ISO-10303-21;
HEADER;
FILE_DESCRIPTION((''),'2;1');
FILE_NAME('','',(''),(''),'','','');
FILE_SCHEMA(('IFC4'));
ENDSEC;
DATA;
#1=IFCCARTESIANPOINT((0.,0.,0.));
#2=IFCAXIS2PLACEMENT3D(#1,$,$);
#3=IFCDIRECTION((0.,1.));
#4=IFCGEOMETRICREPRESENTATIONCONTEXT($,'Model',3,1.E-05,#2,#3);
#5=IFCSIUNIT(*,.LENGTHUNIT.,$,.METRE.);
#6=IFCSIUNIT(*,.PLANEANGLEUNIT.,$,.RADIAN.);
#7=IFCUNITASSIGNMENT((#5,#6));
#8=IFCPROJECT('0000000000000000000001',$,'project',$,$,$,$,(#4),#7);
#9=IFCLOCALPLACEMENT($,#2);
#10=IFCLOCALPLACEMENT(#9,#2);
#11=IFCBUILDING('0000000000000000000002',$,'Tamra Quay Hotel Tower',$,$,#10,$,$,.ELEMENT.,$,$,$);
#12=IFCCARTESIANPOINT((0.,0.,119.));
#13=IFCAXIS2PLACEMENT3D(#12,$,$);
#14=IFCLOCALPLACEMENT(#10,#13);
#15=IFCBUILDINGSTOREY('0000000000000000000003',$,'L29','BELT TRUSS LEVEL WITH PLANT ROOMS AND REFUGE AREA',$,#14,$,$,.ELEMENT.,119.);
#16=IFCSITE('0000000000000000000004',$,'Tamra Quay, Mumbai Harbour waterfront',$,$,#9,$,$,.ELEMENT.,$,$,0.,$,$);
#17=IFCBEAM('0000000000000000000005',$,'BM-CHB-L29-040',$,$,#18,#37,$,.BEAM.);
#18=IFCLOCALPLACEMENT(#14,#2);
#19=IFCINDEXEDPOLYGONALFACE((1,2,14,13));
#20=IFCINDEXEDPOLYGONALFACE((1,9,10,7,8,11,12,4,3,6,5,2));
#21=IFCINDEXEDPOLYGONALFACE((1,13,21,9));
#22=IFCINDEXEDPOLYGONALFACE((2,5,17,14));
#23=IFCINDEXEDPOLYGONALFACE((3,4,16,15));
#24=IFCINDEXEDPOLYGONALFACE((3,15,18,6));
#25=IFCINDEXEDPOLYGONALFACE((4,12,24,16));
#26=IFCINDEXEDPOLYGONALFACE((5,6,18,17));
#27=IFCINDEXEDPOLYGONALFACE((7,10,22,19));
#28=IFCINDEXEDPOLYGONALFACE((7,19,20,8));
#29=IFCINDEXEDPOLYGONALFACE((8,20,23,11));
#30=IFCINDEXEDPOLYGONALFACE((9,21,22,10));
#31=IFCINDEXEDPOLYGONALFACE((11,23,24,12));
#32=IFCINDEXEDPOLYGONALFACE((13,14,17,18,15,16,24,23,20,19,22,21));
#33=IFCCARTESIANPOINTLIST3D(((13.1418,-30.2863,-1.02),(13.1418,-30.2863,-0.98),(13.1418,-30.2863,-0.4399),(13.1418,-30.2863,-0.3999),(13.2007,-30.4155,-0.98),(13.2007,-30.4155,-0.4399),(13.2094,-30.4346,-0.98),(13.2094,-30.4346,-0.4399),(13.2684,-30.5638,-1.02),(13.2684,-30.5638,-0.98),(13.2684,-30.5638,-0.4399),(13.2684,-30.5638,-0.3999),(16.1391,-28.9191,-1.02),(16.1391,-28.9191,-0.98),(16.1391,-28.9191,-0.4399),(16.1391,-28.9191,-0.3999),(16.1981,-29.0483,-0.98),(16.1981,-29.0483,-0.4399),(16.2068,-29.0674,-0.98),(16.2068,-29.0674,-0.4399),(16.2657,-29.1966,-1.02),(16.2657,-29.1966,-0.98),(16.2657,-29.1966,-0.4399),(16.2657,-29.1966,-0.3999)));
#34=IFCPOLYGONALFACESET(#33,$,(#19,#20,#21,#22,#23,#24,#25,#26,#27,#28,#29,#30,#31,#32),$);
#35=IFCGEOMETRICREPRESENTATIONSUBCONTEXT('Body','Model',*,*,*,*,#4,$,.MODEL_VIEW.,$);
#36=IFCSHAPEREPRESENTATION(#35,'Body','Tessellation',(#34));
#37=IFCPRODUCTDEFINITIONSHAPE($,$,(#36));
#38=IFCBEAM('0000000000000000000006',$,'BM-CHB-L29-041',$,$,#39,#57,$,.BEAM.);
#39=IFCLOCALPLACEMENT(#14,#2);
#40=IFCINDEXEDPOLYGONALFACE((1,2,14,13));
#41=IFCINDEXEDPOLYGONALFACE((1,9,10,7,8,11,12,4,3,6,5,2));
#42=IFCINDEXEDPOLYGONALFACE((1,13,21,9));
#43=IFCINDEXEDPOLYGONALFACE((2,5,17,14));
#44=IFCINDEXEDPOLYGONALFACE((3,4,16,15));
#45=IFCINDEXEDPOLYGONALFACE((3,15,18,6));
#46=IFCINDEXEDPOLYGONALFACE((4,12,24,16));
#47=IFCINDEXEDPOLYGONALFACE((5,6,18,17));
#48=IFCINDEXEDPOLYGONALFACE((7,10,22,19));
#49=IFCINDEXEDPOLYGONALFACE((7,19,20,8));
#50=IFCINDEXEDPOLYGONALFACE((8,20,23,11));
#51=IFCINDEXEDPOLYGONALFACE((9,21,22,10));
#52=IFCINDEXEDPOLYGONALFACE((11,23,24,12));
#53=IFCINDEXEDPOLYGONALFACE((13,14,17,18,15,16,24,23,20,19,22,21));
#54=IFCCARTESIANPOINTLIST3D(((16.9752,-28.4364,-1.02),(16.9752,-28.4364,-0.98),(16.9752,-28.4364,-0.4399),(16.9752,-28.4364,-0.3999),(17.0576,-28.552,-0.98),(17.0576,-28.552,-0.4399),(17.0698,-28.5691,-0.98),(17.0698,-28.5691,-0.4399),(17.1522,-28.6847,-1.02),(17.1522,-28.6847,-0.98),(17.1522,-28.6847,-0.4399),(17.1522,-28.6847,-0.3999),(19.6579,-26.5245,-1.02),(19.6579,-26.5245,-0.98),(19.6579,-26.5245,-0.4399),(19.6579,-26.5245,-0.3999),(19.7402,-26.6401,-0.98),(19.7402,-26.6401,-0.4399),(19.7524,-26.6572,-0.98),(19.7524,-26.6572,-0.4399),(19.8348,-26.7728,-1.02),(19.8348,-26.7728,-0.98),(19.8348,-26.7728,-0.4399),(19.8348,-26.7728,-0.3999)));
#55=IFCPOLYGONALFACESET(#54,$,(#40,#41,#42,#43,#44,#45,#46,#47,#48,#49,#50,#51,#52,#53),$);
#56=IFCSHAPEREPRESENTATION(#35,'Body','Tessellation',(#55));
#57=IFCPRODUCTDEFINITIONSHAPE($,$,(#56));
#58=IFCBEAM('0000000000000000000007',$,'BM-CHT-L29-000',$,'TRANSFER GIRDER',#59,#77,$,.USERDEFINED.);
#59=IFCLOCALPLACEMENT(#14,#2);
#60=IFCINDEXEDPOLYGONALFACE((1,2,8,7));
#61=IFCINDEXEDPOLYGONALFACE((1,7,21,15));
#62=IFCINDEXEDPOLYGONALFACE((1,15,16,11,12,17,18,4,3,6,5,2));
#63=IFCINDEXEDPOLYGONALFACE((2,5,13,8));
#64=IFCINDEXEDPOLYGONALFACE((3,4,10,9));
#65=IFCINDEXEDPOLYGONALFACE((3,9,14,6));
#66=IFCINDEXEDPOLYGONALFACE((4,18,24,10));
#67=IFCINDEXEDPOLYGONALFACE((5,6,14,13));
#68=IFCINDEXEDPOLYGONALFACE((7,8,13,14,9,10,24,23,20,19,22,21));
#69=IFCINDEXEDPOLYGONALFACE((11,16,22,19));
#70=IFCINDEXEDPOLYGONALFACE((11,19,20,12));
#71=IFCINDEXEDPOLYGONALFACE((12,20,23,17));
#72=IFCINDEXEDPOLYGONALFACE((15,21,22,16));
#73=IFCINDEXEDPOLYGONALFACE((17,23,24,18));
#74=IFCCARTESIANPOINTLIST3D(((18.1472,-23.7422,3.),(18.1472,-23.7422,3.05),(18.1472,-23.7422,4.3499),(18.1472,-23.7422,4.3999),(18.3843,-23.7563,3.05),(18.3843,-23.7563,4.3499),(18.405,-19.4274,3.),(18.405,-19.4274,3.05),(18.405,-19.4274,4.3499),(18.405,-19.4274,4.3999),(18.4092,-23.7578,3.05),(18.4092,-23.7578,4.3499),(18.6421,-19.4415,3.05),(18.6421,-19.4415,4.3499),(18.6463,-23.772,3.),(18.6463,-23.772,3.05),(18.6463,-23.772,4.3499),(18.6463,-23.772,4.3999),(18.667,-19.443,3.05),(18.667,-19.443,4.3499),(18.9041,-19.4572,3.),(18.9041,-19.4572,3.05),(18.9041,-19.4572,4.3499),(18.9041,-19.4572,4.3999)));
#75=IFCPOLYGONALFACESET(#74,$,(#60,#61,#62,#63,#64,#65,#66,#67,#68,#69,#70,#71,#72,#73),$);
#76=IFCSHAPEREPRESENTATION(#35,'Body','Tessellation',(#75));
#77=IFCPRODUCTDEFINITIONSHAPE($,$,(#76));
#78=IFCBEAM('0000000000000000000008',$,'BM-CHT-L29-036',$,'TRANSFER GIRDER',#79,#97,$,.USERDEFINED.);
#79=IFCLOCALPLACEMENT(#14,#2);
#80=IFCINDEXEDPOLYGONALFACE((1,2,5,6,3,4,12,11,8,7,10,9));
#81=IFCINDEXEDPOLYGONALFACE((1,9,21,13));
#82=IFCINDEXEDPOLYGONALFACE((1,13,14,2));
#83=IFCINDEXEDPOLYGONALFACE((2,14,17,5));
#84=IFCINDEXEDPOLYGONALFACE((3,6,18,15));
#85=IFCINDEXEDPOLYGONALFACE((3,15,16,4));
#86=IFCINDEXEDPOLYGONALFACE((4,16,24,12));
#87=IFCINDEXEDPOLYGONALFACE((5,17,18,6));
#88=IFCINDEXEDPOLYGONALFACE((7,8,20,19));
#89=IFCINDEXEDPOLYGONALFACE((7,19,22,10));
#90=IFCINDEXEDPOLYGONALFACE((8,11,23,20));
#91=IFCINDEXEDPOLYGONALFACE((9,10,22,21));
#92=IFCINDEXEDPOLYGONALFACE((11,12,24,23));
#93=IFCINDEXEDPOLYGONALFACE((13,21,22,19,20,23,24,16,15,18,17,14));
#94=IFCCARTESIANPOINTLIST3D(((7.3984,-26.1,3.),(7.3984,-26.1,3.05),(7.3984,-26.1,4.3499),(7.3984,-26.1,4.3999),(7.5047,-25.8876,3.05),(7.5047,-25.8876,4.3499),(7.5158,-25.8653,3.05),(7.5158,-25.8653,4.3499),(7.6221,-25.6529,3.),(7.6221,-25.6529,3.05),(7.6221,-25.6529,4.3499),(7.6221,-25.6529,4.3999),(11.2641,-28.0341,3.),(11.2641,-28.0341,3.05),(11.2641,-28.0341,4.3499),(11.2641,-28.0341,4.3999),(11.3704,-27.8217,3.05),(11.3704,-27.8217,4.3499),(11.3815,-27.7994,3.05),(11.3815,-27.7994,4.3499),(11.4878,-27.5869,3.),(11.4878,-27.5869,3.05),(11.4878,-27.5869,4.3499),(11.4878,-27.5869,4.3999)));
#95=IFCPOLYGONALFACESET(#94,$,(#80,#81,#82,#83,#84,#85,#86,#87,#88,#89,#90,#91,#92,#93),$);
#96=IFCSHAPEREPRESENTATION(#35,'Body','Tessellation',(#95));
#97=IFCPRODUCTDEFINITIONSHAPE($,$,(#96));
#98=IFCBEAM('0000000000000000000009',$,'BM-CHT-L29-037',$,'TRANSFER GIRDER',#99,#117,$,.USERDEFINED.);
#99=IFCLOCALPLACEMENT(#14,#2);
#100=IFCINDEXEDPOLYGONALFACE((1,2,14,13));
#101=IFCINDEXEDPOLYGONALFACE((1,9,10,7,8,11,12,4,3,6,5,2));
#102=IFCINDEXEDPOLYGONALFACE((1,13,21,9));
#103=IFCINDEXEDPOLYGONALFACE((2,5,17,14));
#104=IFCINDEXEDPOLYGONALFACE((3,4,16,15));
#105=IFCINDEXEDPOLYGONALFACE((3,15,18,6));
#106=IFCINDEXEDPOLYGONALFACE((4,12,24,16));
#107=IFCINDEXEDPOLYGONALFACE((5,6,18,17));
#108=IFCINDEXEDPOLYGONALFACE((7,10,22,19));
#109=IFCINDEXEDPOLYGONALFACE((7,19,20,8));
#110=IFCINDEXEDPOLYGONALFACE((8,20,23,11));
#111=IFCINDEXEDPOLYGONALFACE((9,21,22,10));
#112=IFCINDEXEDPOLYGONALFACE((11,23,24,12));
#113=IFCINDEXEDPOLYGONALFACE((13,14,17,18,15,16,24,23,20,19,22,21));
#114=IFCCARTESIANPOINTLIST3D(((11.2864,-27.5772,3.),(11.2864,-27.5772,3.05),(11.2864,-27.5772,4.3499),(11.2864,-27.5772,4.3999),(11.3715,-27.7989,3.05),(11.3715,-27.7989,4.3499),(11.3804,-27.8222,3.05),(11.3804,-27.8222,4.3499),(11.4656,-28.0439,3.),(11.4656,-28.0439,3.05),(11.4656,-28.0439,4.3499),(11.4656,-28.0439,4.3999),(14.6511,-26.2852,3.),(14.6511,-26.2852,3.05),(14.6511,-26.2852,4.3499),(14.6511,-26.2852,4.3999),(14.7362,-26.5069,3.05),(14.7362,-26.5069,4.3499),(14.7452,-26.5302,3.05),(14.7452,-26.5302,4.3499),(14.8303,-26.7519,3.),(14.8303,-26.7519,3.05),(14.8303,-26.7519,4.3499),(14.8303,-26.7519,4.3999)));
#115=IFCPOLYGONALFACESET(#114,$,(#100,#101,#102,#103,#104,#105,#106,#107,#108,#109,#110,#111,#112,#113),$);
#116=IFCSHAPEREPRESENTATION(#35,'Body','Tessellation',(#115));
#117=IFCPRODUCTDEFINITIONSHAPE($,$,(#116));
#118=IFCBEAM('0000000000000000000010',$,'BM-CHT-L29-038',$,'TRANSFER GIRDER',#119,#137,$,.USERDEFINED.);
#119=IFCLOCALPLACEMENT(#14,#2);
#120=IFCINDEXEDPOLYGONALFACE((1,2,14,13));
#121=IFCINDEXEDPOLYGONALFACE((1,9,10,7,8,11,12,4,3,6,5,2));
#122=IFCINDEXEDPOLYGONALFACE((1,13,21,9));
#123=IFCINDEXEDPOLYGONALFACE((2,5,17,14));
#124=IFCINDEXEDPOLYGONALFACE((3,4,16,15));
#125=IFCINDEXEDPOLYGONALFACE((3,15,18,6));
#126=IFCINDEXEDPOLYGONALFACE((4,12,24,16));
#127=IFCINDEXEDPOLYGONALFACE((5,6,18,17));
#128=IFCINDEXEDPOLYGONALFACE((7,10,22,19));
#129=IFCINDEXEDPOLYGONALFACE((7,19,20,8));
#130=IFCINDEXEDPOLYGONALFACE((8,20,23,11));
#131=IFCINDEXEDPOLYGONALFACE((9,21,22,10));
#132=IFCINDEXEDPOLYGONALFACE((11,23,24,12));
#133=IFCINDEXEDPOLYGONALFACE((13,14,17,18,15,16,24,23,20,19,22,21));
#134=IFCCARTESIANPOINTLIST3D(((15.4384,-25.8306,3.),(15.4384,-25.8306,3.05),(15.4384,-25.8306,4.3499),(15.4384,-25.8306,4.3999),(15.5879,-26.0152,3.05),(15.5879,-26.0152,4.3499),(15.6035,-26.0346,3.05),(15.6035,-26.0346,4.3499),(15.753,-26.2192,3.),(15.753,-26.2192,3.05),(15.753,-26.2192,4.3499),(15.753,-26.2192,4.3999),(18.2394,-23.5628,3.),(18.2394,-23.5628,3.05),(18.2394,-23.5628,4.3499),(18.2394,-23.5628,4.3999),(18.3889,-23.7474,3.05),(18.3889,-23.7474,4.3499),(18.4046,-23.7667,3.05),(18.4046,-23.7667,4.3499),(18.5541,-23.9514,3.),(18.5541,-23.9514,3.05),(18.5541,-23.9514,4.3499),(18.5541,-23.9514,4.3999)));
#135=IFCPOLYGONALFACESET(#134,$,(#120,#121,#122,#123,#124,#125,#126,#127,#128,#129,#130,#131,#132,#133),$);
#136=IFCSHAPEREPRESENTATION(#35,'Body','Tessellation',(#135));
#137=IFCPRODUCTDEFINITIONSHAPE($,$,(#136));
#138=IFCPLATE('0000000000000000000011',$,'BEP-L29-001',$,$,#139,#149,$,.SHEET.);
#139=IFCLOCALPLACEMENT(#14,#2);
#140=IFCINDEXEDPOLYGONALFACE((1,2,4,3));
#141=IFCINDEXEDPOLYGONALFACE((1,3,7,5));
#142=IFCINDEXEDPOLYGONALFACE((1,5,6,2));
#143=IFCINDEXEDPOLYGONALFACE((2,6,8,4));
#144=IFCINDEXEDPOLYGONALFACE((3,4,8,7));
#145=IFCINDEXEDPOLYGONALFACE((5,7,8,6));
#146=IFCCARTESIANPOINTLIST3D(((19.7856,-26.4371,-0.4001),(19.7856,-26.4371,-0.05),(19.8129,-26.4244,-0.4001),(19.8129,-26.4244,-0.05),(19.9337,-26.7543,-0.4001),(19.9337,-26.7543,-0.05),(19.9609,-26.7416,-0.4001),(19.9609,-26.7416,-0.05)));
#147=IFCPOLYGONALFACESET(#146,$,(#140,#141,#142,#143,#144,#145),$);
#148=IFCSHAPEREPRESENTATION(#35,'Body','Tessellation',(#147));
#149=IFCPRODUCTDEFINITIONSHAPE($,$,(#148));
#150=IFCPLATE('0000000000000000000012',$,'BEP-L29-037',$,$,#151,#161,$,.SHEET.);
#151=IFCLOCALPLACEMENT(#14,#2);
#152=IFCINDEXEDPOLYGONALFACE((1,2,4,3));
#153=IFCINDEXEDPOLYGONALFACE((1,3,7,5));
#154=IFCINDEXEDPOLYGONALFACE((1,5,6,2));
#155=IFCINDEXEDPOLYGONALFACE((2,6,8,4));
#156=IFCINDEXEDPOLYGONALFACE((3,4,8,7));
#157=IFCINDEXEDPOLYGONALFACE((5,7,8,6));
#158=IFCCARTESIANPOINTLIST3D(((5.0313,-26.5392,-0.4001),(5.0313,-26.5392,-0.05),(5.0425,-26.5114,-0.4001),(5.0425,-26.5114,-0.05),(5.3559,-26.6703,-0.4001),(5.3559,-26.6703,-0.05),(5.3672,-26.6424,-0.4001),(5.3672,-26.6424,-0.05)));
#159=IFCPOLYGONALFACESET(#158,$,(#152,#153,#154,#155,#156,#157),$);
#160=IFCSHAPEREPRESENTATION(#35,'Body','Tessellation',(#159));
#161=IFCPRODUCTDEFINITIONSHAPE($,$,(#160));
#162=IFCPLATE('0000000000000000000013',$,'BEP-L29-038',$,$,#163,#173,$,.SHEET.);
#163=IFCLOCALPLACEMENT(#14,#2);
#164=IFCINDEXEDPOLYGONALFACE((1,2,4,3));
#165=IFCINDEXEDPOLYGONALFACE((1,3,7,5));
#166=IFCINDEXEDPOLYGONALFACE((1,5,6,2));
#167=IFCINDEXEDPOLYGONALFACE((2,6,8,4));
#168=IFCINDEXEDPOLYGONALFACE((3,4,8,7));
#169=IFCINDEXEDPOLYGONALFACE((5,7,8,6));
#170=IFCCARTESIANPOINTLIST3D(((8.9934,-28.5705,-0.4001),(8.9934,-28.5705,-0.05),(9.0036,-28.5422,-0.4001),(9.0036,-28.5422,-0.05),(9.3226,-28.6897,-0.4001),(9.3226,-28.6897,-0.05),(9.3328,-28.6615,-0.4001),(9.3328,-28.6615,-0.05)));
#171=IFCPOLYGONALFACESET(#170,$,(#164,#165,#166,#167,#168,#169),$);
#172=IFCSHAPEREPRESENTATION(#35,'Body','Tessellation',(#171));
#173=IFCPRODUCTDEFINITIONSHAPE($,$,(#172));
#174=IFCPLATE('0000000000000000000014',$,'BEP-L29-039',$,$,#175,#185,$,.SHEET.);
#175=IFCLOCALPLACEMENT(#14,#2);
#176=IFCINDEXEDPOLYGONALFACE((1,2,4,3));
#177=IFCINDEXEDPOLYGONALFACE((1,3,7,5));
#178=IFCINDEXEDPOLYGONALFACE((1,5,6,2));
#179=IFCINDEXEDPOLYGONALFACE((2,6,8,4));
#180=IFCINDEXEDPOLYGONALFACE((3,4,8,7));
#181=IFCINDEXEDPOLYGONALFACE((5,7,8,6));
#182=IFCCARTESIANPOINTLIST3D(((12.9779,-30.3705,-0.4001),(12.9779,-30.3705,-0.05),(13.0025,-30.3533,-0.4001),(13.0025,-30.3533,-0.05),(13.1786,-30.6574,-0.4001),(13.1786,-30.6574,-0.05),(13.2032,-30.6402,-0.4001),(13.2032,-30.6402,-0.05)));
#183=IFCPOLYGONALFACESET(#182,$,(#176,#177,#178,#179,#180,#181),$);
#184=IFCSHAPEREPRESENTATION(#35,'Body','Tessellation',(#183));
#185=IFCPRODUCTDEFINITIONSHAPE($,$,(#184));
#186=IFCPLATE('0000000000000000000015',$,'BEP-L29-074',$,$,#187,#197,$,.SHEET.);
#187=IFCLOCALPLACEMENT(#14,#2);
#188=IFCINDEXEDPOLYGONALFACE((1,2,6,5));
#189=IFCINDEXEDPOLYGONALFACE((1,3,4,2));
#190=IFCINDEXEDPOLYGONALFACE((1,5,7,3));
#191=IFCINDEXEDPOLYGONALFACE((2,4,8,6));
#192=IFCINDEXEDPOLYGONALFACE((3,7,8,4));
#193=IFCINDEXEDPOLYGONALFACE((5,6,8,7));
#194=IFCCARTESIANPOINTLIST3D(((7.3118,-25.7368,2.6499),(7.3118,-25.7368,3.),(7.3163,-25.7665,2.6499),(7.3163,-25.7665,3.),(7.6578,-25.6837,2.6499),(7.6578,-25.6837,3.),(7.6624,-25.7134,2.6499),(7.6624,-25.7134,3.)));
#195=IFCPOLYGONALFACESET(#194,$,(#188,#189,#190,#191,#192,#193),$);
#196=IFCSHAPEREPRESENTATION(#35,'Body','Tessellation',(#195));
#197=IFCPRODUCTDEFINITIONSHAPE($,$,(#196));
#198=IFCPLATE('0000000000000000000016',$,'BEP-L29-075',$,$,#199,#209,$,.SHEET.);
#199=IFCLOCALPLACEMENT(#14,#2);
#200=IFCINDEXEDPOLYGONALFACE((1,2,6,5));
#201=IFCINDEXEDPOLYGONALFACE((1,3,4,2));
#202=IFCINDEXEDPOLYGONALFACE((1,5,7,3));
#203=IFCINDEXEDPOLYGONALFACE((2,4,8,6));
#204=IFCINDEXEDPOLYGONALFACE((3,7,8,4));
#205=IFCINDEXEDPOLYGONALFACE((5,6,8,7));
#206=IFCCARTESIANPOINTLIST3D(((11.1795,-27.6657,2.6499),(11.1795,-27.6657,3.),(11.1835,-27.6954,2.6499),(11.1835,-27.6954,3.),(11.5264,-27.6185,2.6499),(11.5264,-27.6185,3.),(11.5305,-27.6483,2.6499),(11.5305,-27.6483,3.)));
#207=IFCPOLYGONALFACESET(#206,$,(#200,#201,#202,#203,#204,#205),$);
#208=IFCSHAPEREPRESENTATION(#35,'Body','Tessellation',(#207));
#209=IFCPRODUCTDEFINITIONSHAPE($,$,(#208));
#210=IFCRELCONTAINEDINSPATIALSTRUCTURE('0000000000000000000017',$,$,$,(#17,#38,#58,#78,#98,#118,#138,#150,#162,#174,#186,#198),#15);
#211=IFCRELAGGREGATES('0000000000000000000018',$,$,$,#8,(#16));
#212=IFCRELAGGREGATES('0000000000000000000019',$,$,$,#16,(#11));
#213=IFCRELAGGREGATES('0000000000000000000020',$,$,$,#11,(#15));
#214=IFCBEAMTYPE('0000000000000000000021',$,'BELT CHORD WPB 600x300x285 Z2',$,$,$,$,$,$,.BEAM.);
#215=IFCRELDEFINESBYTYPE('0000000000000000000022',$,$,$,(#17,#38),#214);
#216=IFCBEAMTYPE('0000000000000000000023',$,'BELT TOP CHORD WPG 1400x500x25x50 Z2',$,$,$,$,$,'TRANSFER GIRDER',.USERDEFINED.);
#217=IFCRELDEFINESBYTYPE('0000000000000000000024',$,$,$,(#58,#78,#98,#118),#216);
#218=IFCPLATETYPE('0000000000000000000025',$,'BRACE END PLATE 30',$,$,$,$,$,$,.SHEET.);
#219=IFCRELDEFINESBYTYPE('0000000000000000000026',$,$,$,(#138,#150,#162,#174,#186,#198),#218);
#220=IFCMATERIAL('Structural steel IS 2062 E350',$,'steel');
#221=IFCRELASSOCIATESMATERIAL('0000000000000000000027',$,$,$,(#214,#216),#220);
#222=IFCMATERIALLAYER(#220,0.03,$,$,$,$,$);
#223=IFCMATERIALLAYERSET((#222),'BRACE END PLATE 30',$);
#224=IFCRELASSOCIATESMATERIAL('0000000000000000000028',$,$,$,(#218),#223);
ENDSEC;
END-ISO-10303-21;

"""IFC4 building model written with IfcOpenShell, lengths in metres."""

from ifc_helpers import new_model, si_unit, direction, frame, origin, origin_2d, place, context, subcontext, project, spatial, rectangle, i_section, extrude, material, layer, layer_set, material_profile, profile_set, type_object, element, save


model = new_model("IFC4")

# Units and contexts
model_context = context("Model", 3, precision=1e-05, world=origin(), true_north=direction((0.0, 1.0)))
body_context = subcontext(model_context, "Body", "Model", "MODEL_VIEW")
ifc_project = project(units=[si_unit("LENGTHUNIT", "METRE"), si_unit("PLANEANGLEUNIT", "RADIAN")], contexts=[model_context])

# Site, building, storey
site_placement = place(None, origin())
site = spatial("IfcSite", under=ifc_project, at=site_placement, Name="Tamra Quay, Mumbai Harbour waterfront", CompositionType="ELEMENT", RefElevation=0.0)
building_placement = place(site_placement, origin())
building = spatial("IfcBuilding", under=site, at=building_placement, Name="Tamra Quay Hotel Tower", CompositionType="ELEMENT")
storey_placement = place(building_placement, frame((0.0, 0.0, 119.0)))
storey = spatial("IfcBuildingStorey", under=building, at=storey_placement, Name="L29", Description="BELT TRUSS LEVEL WITH PLANT ROOMS AND REFUGE AREA", CompositionType="ELEMENT", Elevation=119.0)

# Shared definitions
ifc_material_1 = material(Name="Structural steel IS 2062 E350", Category="steel")

# Beams
ifc_material_profile_1 = material_profile(ifc_material_1, i_section(OverallWidth=0.3049, OverallDepth=0.6201, WebThickness=0.021, FlangeThickness=0.04, at=origin_2d()), Name="WPB 600x300x285")
ifc_profile_set_1 = profile_set([ifc_material_profile_1], Name="Structural steel IS 2062 E350")
beam_type_1 = type_object("IfcBeamType", Name="BELT CHORD WPB 600x300x285 Z2", PredefinedType="BEAM", material=ifc_profile_set_1)
beam_1_placement = place(storey_placement, frame((13.2051, -30.425, -0.71), z_axis=(0.90982, 0.415003, 0.0), x_axis=(-0.415003, 0.90982, 0.0)))
element("IfcBeam", 1, at=beam_1_placement, inside=storey, type_object=beam_type_1, Name="BM-CHB-L29-040", PredefinedType="BEAM", context=body_context, shape_type="SweptSolid", body=[
    extrude(i_section(OverallWidth=0.3049, OverallDepth=0.6201, WebThickness=0.021, FlangeThickness=0.04, at=origin_2d()), origin(), (0.0, 0.0, 1.0), 3.2944),
])
beam_2_placement = place(storey_placement, frame((17.0637, -28.5605, -0.71), z_axis=(0.814349, 0.580376, 0.0), x_axis=(-0.580376, 0.814349, 0.0)))
element("IfcBeam", 2, at=beam_2_placement, inside=storey, type_object=beam_type_1, Name="BM-CHB-L29-041", PredefinedType="BEAM", context=body_context, shape_type="SweptSolid", body=[
    extrude(i_section(OverallWidth=0.3049, OverallDepth=0.6201, WebThickness=0.021, FlangeThickness=0.04, at=origin_2d()), origin(), (0.0, 0.0, 1.0), 3.2942),
])
ifc_material_profile_2 = material_profile(ifc_material_1, i_section(OverallWidth=0.5, OverallDepth=1.3999, WebThickness=0.0249, FlangeThickness=0.05, at=origin_2d()), Name="WPG 1400x500x25x50")
ifc_profile_set_2 = profile_set([ifc_material_profile_2], Name="Structural steel IS 2062 E350")
beam_type_2 = type_object("IfcBeamType", Name="BELT TOP CHORD WPG 1400x500x25x50 Z2", ElementType="TRANSFER GIRDER", PredefinedType="USERDEFINED", material=ifc_profile_set_2)
for number, where, z_axis, x_axis, name in (
    (3, (18.3967, -23.7571, 3.7), (0.059646, 0.99822, 0.0), (-0.99822, 0.059646, 0.0), "BM-CHT-L29-000"),
    (4, (7.5103, -25.8765, 3.7), (0.894314, -0.44744, 0.0), (0.44744, 0.894314, 0.0), "BM-CHT-L29-036"),
):
    element("IfcBeam", number, at=place(storey_placement, frame(where, z_axis=z_axis, x_axis=x_axis)), inside=storey, type_object=beam_type_2, Name=name, ObjectType="TRANSFER GIRDER", PredefinedType="USERDEFINED", context=body_context, shape_type="SweptSolid", body=[
        extrude(i_section(OverallWidth=0.5, OverallDepth=1.3999, WebThickness=0.0249, FlangeThickness=0.05, at=origin_2d()), origin(), (0.0, 0.0, 1.0), 4.3225),
    ])
beam_3_placement = place(storey_placement, frame((11.376, -27.8105, 3.7), z_axis=(0.933544, 0.358462, 0.0), x_axis=(-0.358462, 0.933544, 0.0)))
element("IfcBeam", 5, at=beam_3_placement, inside=storey, type_object=beam_type_2, Name="BM-CHT-L29-037", ObjectType="TRANSFER GIRDER", PredefinedType="USERDEFINED", context=body_context, shape_type="SweptSolid", body=[
    extrude(i_section(OverallWidth=0.5, OverallDepth=1.3999, WebThickness=0.0249, FlangeThickness=0.05, at=origin_2d()), origin(), (0.0, 0.0, 1.0), 3.6042),
])
beam_4_placement = place(storey_placement, frame((15.5957, -26.0249, 3.7), z_axis=(0.777201, 0.629253, 0.0), x_axis=(-0.629253, 0.777201, 0.0)))
element("IfcBeam", 6, at=beam_4_placement, inside=storey, type_object=beam_type_2, Name="BM-CHT-L29-038", ObjectType="TRANSFER GIRDER", PredefinedType="USERDEFINED", context=body_context, shape_type="SweptSolid", body=[
    extrude(i_section(OverallWidth=0.5, OverallDepth=1.3999, WebThickness=0.0249, FlangeThickness=0.05, at=origin_2d()), origin(), (0.0, 0.0, 1.0), 3.604),
])

# Plates
ifc_layer = layer(ifc_material_1, 0.03)
ifc_layer_set = layer_set([ifc_layer], Name="BRACE END PLATE 30")
plate_type = type_object("IfcPlateType", Name="BRACE END PLATE 30", PredefinedType="SHEET", material=ifc_layer_set)
for number, where, z_axis, x_axis, name in (
    (7, (19.8733, -26.5894, -0.4001), (0.0, 0.0, 1.0), (0.90615, 0.422957, 0.0), "BEP-L29-001"),
    (8, (5.1992, -26.5908, -0.4001), (0.0, 0.0, 1.0), (0.374283, 0.927315, 0.0), "BEP-L29-037"),
    (9, (9.1631, -28.616, -0.4001), (0.0, 0.0, 1.0), (0.340555, 0.940225, 0.0), "BEP-L29-038"),
    (10, (13.0906, -30.5054, -0.4001), (0.0, 0.0, 1.0), (0.819372, 0.573262, 0.0), "BEP-L29-039"),
    (11, (7.4871, -25.7251, 2.6499), (0.0, 0.0, 1.0), (-0.151592, 0.988443, 0.0), "BEP-L29-074"),
    (12, (11.355, -27.657, 2.6499), (0.0, 0.0, 1.0), (-0.134687, 0.990888, 0.0), "BEP-L29-075"),
):
    element("IfcPlate", number, at=place(storey_placement, frame(where, z_axis=z_axis, x_axis=x_axis)), inside=storey, type_object=plate_type, Name=name, PredefinedType="SHEET", context=body_context, shape_type="SweptSolid", body=[
        extrude(rectangle(XDim=0.03, YDim=0.3501, at=origin_2d()), origin(), (0.0, 0.0, 1.0), 0.3501),
    ])

save(model, "model.ifc")
